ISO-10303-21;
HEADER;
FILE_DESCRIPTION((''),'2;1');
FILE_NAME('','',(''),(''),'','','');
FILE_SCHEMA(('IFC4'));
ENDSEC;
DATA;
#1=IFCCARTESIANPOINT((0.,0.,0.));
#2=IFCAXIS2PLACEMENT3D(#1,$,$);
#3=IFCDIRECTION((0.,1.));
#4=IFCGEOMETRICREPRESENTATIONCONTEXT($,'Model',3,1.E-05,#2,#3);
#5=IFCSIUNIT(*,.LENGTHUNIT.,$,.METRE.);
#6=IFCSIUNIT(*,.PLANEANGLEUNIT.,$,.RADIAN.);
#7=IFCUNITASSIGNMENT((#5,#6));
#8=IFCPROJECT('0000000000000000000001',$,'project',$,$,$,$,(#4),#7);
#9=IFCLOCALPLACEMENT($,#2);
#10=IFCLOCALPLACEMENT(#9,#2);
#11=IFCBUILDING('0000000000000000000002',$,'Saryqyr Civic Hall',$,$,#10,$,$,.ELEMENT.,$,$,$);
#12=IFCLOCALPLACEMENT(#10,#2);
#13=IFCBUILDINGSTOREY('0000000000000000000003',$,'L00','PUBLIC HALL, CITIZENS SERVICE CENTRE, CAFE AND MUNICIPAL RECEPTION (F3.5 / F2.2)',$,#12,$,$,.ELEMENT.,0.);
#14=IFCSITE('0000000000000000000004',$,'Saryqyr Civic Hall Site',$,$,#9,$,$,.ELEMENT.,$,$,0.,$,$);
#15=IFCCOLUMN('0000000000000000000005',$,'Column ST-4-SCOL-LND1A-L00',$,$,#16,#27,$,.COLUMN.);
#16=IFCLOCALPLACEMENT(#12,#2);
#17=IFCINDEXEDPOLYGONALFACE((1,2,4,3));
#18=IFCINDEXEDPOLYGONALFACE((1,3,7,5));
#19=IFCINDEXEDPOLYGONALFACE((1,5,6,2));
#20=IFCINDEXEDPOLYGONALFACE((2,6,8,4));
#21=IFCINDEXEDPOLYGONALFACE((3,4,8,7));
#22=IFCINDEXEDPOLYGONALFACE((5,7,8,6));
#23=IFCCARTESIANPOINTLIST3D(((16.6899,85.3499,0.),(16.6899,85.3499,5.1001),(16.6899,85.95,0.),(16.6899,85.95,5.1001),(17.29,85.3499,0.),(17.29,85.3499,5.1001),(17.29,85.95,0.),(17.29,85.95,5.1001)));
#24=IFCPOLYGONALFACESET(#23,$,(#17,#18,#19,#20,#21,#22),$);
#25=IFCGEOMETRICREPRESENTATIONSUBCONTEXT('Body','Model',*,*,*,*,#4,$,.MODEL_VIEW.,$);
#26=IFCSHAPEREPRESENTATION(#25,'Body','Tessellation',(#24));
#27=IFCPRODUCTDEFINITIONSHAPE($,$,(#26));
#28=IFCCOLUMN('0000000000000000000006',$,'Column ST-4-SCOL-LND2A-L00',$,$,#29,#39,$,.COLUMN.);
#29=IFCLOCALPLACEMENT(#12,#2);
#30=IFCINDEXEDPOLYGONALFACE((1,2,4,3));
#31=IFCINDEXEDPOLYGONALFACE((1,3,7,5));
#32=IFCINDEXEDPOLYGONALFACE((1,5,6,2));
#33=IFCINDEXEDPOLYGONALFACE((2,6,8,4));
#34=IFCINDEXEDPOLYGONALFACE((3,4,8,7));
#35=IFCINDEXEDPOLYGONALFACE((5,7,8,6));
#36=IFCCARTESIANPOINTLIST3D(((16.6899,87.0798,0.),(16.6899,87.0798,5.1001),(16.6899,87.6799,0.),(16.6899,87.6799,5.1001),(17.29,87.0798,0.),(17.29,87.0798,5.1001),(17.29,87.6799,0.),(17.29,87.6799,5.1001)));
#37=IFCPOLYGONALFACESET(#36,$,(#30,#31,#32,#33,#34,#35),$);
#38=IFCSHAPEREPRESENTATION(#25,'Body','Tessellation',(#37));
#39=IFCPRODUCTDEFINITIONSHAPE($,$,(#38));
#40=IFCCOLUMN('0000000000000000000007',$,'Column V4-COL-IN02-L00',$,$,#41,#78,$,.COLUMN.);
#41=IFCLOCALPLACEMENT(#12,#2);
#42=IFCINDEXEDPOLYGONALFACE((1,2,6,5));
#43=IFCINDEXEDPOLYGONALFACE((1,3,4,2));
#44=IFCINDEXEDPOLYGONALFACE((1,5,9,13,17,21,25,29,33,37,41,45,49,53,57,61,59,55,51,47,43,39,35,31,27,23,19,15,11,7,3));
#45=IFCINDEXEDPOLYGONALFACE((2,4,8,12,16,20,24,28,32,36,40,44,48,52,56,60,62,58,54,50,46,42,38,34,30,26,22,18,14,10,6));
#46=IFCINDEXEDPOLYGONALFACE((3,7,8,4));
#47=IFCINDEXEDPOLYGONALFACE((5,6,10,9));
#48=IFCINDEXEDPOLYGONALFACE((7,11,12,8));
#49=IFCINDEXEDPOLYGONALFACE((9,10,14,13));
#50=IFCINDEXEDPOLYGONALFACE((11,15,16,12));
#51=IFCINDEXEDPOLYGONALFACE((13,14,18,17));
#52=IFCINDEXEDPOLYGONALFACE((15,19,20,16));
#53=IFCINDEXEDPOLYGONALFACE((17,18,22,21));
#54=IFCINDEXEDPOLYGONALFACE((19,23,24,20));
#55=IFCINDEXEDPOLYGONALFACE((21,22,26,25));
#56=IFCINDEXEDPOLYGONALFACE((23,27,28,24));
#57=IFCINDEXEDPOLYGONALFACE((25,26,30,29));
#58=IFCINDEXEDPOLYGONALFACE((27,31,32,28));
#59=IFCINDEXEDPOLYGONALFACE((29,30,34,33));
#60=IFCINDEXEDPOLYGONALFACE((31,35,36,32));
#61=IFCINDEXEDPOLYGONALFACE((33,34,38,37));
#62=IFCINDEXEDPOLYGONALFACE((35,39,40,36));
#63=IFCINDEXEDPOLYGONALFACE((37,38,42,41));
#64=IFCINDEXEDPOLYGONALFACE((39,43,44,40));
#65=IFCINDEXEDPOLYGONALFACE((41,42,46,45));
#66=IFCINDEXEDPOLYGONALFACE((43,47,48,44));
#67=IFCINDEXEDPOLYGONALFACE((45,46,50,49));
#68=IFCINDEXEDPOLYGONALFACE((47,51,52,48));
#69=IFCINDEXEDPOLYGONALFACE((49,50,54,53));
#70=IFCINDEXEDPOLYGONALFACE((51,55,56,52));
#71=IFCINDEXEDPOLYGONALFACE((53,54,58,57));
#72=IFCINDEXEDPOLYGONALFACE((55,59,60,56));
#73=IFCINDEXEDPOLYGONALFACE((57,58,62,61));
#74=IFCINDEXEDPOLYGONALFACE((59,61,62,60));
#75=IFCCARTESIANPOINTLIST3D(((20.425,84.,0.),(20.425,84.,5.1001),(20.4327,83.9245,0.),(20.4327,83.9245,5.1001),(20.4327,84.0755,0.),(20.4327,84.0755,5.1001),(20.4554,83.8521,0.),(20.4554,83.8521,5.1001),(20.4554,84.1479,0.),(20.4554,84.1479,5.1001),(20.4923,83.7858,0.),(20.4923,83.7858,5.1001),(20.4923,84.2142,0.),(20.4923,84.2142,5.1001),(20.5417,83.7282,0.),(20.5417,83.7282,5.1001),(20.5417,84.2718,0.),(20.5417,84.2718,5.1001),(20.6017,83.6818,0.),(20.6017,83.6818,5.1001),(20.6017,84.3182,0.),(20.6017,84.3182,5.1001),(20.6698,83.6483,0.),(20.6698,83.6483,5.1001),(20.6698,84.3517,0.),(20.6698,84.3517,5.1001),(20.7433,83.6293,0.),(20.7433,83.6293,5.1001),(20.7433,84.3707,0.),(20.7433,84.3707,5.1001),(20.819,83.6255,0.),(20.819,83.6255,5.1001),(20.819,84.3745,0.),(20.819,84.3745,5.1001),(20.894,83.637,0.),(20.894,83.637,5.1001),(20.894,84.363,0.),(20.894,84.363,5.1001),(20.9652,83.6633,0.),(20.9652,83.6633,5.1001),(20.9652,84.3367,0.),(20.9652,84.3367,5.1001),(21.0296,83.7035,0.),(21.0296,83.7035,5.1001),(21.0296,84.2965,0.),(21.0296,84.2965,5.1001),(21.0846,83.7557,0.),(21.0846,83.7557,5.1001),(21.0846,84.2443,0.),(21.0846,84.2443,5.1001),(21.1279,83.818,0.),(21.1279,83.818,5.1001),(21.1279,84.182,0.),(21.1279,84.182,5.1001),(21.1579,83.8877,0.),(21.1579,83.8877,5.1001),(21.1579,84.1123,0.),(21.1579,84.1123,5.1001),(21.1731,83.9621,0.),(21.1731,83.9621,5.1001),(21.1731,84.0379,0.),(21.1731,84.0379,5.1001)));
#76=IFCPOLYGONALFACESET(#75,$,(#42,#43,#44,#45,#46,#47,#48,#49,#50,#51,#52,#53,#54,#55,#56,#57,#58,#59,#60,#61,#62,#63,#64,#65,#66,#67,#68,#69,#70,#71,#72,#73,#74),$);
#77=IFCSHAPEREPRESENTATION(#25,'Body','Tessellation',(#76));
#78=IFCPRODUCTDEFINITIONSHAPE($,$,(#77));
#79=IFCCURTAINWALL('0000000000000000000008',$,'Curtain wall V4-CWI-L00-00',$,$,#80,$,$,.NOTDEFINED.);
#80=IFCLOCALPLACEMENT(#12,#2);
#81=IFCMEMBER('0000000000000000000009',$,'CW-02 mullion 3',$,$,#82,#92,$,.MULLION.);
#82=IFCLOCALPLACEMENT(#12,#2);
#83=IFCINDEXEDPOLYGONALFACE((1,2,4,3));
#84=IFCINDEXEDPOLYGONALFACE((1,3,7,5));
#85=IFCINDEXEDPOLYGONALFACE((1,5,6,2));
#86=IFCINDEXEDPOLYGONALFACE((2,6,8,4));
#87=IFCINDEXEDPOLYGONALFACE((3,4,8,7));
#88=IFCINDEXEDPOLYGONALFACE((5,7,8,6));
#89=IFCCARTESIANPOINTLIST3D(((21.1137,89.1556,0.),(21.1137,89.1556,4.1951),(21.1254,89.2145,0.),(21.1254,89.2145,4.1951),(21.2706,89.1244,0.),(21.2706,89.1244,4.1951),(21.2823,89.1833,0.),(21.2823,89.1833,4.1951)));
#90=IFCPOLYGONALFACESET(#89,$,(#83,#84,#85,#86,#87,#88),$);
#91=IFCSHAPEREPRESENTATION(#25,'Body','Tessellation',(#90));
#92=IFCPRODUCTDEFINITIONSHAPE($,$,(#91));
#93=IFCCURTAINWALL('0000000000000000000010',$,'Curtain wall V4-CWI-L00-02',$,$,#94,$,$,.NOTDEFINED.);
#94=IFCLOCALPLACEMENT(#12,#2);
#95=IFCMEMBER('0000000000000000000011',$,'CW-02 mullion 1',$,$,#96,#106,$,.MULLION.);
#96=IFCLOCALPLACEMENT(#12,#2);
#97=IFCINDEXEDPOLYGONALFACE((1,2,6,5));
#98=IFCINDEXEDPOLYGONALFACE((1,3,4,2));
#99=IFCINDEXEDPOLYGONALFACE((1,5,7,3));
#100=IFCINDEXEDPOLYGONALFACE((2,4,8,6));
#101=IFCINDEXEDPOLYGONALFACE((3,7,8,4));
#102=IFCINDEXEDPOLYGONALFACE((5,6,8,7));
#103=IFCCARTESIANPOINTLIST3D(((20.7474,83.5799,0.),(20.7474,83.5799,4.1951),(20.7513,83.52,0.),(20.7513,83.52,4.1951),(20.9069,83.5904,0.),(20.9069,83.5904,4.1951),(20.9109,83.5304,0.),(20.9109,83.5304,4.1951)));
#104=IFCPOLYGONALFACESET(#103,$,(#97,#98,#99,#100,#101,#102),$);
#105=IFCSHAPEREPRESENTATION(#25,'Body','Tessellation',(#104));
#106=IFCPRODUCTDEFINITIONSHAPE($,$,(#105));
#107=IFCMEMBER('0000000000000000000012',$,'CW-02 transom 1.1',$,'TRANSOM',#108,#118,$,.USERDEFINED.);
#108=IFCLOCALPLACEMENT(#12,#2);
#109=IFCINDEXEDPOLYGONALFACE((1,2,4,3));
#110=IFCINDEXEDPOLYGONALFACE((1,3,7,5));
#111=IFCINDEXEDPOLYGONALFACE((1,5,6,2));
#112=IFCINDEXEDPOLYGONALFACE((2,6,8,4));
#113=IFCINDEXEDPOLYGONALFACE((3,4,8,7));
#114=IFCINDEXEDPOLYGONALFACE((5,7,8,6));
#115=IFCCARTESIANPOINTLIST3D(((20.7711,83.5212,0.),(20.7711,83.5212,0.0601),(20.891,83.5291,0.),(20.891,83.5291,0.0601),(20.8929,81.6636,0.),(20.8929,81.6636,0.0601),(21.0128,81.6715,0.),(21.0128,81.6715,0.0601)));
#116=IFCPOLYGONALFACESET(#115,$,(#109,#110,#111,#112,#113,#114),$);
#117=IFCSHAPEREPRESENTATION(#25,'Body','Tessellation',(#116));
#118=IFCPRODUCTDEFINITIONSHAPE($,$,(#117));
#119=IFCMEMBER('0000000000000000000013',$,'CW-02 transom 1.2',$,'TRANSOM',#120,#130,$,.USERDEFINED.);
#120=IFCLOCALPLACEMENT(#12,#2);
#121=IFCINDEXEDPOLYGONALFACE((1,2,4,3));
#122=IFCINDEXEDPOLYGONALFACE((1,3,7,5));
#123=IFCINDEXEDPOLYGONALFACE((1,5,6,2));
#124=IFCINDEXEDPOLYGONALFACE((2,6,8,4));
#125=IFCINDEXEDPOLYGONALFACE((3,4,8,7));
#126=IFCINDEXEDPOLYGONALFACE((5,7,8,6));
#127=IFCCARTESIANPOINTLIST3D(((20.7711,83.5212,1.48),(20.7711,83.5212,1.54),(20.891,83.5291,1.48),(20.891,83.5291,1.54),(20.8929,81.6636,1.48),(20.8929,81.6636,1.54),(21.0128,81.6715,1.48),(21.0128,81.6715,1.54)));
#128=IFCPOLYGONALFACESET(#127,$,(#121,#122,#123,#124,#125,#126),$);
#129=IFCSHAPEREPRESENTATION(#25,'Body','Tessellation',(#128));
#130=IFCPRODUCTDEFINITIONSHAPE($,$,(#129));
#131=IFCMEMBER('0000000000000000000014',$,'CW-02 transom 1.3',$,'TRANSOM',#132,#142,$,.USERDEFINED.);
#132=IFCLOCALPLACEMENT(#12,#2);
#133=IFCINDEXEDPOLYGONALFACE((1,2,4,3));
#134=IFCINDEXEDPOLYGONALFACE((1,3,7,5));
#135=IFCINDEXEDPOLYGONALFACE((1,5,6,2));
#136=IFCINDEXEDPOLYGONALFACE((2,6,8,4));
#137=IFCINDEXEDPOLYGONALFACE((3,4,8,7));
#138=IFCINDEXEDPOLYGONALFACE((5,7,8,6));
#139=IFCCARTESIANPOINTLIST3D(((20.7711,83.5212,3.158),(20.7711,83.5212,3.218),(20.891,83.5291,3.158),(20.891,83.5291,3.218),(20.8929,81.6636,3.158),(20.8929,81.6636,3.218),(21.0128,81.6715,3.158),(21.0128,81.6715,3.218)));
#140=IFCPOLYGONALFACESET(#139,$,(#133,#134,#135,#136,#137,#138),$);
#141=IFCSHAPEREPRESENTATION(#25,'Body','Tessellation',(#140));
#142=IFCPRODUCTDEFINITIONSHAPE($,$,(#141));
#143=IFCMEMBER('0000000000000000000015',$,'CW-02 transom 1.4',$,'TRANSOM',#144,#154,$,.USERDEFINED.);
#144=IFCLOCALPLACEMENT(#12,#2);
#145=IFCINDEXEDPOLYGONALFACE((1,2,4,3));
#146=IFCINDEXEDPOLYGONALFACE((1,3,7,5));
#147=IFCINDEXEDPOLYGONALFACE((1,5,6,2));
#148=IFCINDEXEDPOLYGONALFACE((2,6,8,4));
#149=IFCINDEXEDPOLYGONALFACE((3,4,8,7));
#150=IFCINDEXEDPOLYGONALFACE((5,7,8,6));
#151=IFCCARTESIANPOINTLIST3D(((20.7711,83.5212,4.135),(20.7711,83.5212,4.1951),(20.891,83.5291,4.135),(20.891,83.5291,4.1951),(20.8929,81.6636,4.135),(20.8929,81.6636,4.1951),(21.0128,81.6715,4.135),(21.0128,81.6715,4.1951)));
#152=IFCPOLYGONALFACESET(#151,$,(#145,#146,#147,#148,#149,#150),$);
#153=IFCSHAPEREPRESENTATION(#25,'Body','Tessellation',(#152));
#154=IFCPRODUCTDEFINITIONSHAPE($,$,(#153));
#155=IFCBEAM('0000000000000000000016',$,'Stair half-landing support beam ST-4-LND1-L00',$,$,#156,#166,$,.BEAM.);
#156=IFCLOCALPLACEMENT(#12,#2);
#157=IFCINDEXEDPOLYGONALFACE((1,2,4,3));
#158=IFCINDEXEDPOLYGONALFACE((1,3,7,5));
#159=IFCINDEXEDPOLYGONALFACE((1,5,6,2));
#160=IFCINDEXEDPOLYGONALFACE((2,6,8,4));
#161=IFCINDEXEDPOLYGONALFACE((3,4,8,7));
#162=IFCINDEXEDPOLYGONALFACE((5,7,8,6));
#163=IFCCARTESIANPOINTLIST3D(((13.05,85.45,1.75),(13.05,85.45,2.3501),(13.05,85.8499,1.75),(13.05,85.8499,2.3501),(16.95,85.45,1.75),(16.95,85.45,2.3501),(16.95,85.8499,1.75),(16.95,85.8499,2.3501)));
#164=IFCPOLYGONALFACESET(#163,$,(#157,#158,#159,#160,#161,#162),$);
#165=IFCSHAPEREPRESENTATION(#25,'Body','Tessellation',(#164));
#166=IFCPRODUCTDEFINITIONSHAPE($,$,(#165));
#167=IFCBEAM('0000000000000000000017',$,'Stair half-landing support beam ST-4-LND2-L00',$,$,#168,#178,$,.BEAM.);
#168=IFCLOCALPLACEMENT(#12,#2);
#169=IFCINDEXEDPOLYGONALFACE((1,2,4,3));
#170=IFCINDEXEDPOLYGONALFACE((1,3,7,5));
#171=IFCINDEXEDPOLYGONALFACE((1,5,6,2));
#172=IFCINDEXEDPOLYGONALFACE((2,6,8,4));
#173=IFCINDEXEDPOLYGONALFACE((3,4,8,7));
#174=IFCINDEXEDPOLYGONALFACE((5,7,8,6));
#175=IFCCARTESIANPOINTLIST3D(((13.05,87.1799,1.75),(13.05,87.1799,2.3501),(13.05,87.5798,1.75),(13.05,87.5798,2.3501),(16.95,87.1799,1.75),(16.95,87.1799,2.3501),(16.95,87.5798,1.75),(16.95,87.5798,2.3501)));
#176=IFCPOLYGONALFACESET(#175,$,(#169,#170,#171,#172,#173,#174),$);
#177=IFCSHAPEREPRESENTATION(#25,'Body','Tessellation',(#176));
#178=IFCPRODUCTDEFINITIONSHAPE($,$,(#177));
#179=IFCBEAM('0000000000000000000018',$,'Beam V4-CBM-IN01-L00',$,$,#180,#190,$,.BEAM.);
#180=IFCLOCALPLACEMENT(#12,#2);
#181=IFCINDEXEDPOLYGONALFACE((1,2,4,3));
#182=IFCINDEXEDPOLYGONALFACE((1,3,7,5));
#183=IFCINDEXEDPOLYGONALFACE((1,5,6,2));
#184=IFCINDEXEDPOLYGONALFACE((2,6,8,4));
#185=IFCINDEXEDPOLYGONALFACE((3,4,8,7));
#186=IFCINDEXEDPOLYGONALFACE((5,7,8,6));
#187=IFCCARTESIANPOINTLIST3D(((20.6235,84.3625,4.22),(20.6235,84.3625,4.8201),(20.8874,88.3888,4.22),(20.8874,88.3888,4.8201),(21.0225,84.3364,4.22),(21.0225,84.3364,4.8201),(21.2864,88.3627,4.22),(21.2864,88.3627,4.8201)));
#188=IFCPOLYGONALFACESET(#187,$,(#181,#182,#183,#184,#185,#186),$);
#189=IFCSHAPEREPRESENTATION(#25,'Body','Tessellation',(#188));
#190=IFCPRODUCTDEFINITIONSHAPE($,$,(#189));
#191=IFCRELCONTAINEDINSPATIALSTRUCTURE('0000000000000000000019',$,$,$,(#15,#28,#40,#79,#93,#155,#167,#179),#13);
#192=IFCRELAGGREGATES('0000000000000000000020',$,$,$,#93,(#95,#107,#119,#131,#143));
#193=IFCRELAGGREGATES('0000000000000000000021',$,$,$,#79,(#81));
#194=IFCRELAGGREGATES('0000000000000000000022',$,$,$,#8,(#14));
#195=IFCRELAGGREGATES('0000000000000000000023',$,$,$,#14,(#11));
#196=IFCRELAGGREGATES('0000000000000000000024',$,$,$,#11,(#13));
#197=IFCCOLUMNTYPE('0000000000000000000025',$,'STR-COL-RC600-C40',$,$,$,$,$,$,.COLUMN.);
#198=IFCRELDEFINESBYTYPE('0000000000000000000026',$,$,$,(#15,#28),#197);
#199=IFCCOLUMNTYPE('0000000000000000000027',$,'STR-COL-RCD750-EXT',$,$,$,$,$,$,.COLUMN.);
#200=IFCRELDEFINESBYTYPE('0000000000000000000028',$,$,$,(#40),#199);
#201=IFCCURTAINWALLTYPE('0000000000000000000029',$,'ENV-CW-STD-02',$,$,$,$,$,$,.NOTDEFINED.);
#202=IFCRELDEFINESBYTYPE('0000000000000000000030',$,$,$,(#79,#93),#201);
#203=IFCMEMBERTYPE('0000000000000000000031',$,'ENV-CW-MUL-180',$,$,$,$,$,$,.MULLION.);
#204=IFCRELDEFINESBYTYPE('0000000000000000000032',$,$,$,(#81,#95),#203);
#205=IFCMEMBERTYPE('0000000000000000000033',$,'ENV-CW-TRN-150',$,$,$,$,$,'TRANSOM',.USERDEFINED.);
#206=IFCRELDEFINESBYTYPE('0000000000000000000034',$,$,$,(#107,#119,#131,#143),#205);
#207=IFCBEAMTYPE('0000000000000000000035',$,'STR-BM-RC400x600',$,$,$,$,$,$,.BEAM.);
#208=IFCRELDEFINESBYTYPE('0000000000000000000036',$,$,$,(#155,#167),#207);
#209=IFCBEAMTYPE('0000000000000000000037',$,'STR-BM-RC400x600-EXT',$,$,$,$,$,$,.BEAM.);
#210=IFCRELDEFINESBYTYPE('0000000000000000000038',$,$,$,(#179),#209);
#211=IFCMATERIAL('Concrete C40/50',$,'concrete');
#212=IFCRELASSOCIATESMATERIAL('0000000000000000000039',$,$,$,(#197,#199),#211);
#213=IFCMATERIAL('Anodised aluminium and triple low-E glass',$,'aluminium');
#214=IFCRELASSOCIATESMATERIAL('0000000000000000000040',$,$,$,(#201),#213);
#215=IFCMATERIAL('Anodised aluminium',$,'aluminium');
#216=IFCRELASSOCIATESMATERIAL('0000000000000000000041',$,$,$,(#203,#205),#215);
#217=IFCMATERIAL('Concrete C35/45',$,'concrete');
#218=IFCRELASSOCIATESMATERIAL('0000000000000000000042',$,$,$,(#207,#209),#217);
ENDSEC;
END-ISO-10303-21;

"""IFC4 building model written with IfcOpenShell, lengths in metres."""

from ifc_helpers import new_model, si_unit, direction, frame, origin, origin_2d, place, context, subcontext, project, spatial, rectangle, circle, extrude, material, material_profile, profile_set, type_object, element, aggregate, save


model = new_model("IFC4")

# Units and contexts
model_context = context("Model", 3, precision=1e-05, world=origin(), true_north=direction((0.0, 1.0)))
body_context = subcontext(model_context, "Body", "Model", "MODEL_VIEW")
ifc_project = project(units=[si_unit("LENGTHUNIT", "METRE"), si_unit("PLANEANGLEUNIT", "RADIAN")], contexts=[model_context])

# Site, building, storey
site_placement = place(None, origin())
site = spatial("IfcSite", under=ifc_project, at=site_placement, Name="Saryqyr Civic Hall Site", CompositionType="ELEMENT", RefElevation=0.0)
building_placement = place(site_placement, origin())
building = spatial("IfcBuilding", under=site, at=building_placement, Name="Saryqyr Civic Hall", CompositionType="ELEMENT")
storey_placement = place(building_placement, origin())
storey = spatial("IfcBuildingStorey", under=building, at=storey_placement, Name="L00", Description="PUBLIC HALL, CITIZENS SERVICE CENTRE, CAFE AND MUNICIPAL RECEPTION (F3.5 / F2.2)", CompositionType="ELEMENT", Elevation=0.0)

# Columns
ifc_material_1 = material(Name="Concrete C40/50", Category="concrete")
ifc_material_profile_1 = material_profile(ifc_material_1, rectangle(XDim=0.6001, YDim=0.6001, at=origin_2d()), Name="RC 600x600")
ifc_profile_set_1 = profile_set([ifc_material_profile_1], Name="Concrete C40/50")
column_type_1 = type_object("IfcColumnType", Name="STR-COL-RC600-C40", PredefinedType="COLUMN", material=ifc_profile_set_1)
for number, where, z_axis, x_axis, name in (
    (1, (16.99, 85.6499, 0.0), (0.0, 0.0, 1.0), (1.0, 0.0, 0.0), "Column ST-4-SCOL-LND1A-L00"),
    (2, (16.99, 87.3799, 0.0), (0.0, 0.0, 1.0), (1.0, 0.0, 0.0), "Column ST-4-SCOL-LND2A-L00"),
):
    element("IfcColumn", number, at=place(storey_placement, frame(where, z_axis=z_axis, x_axis=x_axis)), inside=storey, type_object=column_type_1, Name=name, PredefinedType="COLUMN", context=body_context, shape_type="SweptSolid", body=[
        extrude(rectangle(XDim=0.6001, YDim=0.6001, at=origin_2d()), origin(), (0.0, 0.0, 1.0), 5.1001),
    ])
ifc_material_profile_2 = material_profile(ifc_material_1, circle(Radius=0.375, at=origin_2d()), Name="RC D750")
ifc_profile_set_2 = profile_set([ifc_material_profile_2], Name="Concrete C40/50")
column_type_2 = type_object("IfcColumnType", Name="STR-COL-RCD750-EXT", PredefinedType="COLUMN", material=ifc_profile_set_2)
for number, where, z_axis, x_axis, name in (
    (3, (20.8, 84.0, 0.0), (0.0, 0.0, 1.0), (-1.0, 0.0, 0.0), "Column V4-COL-IN02-L00"),
):
    element("IfcColumn", number, at=place(storey_placement, frame(where, z_axis=z_axis, x_axis=x_axis)), inside=storey, type_object=column_type_2, Name=name, PredefinedType="COLUMN", context=body_context, shape_type="SweptSolid", body=[
        extrude(circle(Radius=0.375, at=origin_2d()), origin(), (0.0, 0.0, 1.0), 5.1001),
    ])

# Curtain wall, member
ifc_material_2 = material(Name="Anodised aluminium and triple low-E glass", Category="aluminium")
curtain_wall_type = type_object("IfcCurtainWallType", Name="ENV-CW-STD-02", PredefinedType="NOTDEFINED", material=ifc_material_2)
curtain_wall_1_placement = place(storey_placement, origin())
curtain_wall_1 = element("IfcCurtainWall", 4, at=curtain_wall_1_placement, inside=storey, type_object=curtain_wall_type, Name="Curtain wall V4-CWI-L00-00", PredefinedType="NOTDEFINED")
ifc_material_3 = material(Name="Anodised aluminium", Category="aluminium")
ifc_material_profile_3 = material_profile(ifc_material_3, rectangle(XDim=0.0601, YDim=0.1599, at=origin_2d()), Name="ALU MULLION 60x160")
ifc_profile_set_3 = profile_set([ifc_material_profile_3], Name="Anodised aluminium")
member_type_1 = type_object("IfcMemberType", Name="ENV-CW-MUL-180", PredefinedType="MULLION", material=ifc_profile_set_3)
member_1_placement = place(storey_placement, frame((21.198, 89.1694, 0.0), z_axis=(0.0, 0.0, 1.0), x_axis=(-0.195117, -0.98078, 0.0)))
member_1 = element("IfcMember", 5, at=member_1_placement, type_object=member_type_1, Name="CW-02 mullion 3", PredefinedType="MULLION", context=body_context, shape_type="SweptSolid", body=[
    extrude(rectangle(XDim=0.0601, YDim=0.1599, at=origin_2d()), origin(), (0.0, 0.0, 1.0), 4.1951),
])

# Curtain wall, members
curtain_wall_2_placement = place(storey_placement, origin())
curtain_wall_2 = element("IfcCurtainWall", 6, at=curtain_wall_2_placement, inside=storey, type_object=curtain_wall_type, Name="Curtain wall V4-CWI-L00-02", PredefinedType="NOTDEFINED")
member_2_placement = place(storey_placement, frame((20.8291, 83.5552, 0.0), z_axis=(0.0, 0.0, 1.0), x_axis=(0.065405, -0.997859, 0.0)))
member_2 = element("IfcMember", 7, at=member_2_placement, type_object=member_type_1, Name="CW-02 mullion 1", PredefinedType="MULLION", context=body_context, shape_type="SweptSolid", body=[
    extrude(rectangle(XDim=0.0601, YDim=0.1599, at=origin_2d()), origin(), (0.0, 0.0, 1.0), 4.1951),
])
ifc_material_profile_4 = material_profile(ifc_material_3, rectangle(XDim=0.1201, YDim=0.0601, at=origin_2d()), Name="ALU TRANSOM 120x60")
ifc_profile_set_4 = profile_set([ifc_material_profile_4], Name="Anodised aluminium")
member_type_2 = type_object("IfcMemberType", Name="ENV-CW-TRN-150", ElementType="TRANSOM", PredefinedType="USERDEFINED", material=ifc_profile_set_4)
member_3_placement = place(storey_placement, frame((20.8311, 83.5251, 0.03), z_axis=(0.06544, -0.997857, 0.0), x_axis=(0.997857, 0.06544, 0.0)))
member_3 = element("IfcMember", 8, at=member_3_placement, type_object=member_type_2, Name="CW-02 transom 1.1", ObjectType="TRANSOM", PredefinedType="USERDEFINED", context=body_context, shape_type="SweptSolid", body=[
    extrude(rectangle(XDim=0.1201, YDim=0.0601, at=origin_2d()), origin(), (0.0, 0.0, 1.0), 1.8616),
])
member_4_placement = place(storey_placement, frame((20.8311, 83.5251, 1.51), z_axis=(0.06544, -0.997857, 0.0), x_axis=(0.997857, 0.06544, 0.0)))
member_4 = element("IfcMember", 9, at=member_4_placement, type_object=member_type_2, Name="CW-02 transom 1.2", ObjectType="TRANSOM", PredefinedType="USERDEFINED", context=body_context, shape_type="SweptSolid", body=[
    extrude(rectangle(XDim=0.1201, YDim=0.0601, at=origin_2d()), origin(), (0.0, 0.0, 1.0), 1.8616),
])
member_5_placement = place(storey_placement, frame((20.8311, 83.5251, 3.188), z_axis=(0.06544, -0.997857, 0.0), x_axis=(0.997857, 0.06544, 0.0)))
member_5 = element("IfcMember", 10, at=member_5_placement, type_object=member_type_2, Name="CW-02 transom 1.3", ObjectType="TRANSOM", PredefinedType="USERDEFINED", context=body_context, shape_type="SweptSolid", body=[
    extrude(rectangle(XDim=0.1201, YDim=0.0601, at=origin_2d()), origin(), (0.0, 0.0, 1.0), 1.8616),
])
member_6_placement = place(storey_placement, frame((20.8311, 83.5251, 4.165), z_axis=(0.06544, -0.997857, 0.0), x_axis=(0.997857, 0.06544, 0.0)))
member_6 = element("IfcMember", 11, at=member_6_placement, type_object=member_type_2, Name="CW-02 transom 1.4", ObjectType="TRANSOM", PredefinedType="USERDEFINED", context=body_context, shape_type="SweptSolid", body=[
    extrude(rectangle(XDim=0.1201, YDim=0.0601, at=origin_2d()), origin(), (0.0, 0.0, 1.0), 1.8616),
])
aggregate(curtain_wall_2, [member_2, member_3, member_4, member_5, member_6])

# Beams
ifc_material_4 = material(Name="Concrete C35/45", Category="concrete")
ifc_material_profile_5 = material_profile(ifc_material_4, rectangle(XDim=0.3999, YDim=0.6001, at=origin_2d()), Name="RC 400x600")
ifc_profile_set_5 = profile_set([ifc_material_profile_5], Name="Concrete C35/45")
beam_type_1 = type_object("IfcBeamType", Name="STR-BM-RC400x600", PredefinedType="BEAM", material=ifc_profile_set_5)
for number, where, z_axis, x_axis, name in (
    (12, (16.95, 85.6499, 2.05), (-1.0, 0.0, 0.0), (0.0, -1.0, 0.0), "Stair half-landing support beam ST-4-LND1-L00"),
    (13, (16.95, 87.3799, 2.05), (-1.0, 0.0, 0.0), (0.0, -1.0, 0.0), "Stair half-landing support beam ST-4-LND2-L00"),
):
    element("IfcBeam", number, at=place(storey_placement, frame(where, z_axis=z_axis, x_axis=x_axis)), inside=storey, type_object=beam_type_1, Name=name, PredefinedType="BEAM", context=body_context, shape_type="SweptSolid", body=[
        extrude(rectangle(XDim=0.3999, YDim=0.6001, at=origin_2d()), origin(), (0.0, 0.0, 1.0), 3.8999),
    ])
ifc_material_profile_6 = material_profile(ifc_material_4, rectangle(XDim=0.3999, YDim=0.6001, at=origin_2d()), Name="RC 400x600")
ifc_profile_set_6 = profile_set([ifc_material_profile_6], Name="Concrete C35/45")
beam_type_2 = type_object("IfcBeamType", Name="STR-BM-RC400x600-EXT", PredefinedType="BEAM", material=ifc_profile_set_6)
for number, where, z_axis, x_axis, name in (
    (14, (21.0869, 88.3757, 4.52), (-0.065407, -0.997859, 0.0), (0.997859, -0.065407, 0.0), "Beam V4-CBM-IN01-L00"),
):
    element("IfcBeam", number, at=place(storey_placement, frame(where, z_axis=z_axis, x_axis=x_axis)), inside=storey, type_object=beam_type_2, Name=name, PredefinedType="BEAM", context=body_context, shape_type="SweptSolid", body=[
        extrude(rectangle(XDim=0.3999, YDim=0.6001, at=origin_2d()), origin(), (0.0, 0.0, 1.0), 4.0349),
    ])

aggregate(curtain_wall_1, [member_1])

save(model, "model.ifc")
